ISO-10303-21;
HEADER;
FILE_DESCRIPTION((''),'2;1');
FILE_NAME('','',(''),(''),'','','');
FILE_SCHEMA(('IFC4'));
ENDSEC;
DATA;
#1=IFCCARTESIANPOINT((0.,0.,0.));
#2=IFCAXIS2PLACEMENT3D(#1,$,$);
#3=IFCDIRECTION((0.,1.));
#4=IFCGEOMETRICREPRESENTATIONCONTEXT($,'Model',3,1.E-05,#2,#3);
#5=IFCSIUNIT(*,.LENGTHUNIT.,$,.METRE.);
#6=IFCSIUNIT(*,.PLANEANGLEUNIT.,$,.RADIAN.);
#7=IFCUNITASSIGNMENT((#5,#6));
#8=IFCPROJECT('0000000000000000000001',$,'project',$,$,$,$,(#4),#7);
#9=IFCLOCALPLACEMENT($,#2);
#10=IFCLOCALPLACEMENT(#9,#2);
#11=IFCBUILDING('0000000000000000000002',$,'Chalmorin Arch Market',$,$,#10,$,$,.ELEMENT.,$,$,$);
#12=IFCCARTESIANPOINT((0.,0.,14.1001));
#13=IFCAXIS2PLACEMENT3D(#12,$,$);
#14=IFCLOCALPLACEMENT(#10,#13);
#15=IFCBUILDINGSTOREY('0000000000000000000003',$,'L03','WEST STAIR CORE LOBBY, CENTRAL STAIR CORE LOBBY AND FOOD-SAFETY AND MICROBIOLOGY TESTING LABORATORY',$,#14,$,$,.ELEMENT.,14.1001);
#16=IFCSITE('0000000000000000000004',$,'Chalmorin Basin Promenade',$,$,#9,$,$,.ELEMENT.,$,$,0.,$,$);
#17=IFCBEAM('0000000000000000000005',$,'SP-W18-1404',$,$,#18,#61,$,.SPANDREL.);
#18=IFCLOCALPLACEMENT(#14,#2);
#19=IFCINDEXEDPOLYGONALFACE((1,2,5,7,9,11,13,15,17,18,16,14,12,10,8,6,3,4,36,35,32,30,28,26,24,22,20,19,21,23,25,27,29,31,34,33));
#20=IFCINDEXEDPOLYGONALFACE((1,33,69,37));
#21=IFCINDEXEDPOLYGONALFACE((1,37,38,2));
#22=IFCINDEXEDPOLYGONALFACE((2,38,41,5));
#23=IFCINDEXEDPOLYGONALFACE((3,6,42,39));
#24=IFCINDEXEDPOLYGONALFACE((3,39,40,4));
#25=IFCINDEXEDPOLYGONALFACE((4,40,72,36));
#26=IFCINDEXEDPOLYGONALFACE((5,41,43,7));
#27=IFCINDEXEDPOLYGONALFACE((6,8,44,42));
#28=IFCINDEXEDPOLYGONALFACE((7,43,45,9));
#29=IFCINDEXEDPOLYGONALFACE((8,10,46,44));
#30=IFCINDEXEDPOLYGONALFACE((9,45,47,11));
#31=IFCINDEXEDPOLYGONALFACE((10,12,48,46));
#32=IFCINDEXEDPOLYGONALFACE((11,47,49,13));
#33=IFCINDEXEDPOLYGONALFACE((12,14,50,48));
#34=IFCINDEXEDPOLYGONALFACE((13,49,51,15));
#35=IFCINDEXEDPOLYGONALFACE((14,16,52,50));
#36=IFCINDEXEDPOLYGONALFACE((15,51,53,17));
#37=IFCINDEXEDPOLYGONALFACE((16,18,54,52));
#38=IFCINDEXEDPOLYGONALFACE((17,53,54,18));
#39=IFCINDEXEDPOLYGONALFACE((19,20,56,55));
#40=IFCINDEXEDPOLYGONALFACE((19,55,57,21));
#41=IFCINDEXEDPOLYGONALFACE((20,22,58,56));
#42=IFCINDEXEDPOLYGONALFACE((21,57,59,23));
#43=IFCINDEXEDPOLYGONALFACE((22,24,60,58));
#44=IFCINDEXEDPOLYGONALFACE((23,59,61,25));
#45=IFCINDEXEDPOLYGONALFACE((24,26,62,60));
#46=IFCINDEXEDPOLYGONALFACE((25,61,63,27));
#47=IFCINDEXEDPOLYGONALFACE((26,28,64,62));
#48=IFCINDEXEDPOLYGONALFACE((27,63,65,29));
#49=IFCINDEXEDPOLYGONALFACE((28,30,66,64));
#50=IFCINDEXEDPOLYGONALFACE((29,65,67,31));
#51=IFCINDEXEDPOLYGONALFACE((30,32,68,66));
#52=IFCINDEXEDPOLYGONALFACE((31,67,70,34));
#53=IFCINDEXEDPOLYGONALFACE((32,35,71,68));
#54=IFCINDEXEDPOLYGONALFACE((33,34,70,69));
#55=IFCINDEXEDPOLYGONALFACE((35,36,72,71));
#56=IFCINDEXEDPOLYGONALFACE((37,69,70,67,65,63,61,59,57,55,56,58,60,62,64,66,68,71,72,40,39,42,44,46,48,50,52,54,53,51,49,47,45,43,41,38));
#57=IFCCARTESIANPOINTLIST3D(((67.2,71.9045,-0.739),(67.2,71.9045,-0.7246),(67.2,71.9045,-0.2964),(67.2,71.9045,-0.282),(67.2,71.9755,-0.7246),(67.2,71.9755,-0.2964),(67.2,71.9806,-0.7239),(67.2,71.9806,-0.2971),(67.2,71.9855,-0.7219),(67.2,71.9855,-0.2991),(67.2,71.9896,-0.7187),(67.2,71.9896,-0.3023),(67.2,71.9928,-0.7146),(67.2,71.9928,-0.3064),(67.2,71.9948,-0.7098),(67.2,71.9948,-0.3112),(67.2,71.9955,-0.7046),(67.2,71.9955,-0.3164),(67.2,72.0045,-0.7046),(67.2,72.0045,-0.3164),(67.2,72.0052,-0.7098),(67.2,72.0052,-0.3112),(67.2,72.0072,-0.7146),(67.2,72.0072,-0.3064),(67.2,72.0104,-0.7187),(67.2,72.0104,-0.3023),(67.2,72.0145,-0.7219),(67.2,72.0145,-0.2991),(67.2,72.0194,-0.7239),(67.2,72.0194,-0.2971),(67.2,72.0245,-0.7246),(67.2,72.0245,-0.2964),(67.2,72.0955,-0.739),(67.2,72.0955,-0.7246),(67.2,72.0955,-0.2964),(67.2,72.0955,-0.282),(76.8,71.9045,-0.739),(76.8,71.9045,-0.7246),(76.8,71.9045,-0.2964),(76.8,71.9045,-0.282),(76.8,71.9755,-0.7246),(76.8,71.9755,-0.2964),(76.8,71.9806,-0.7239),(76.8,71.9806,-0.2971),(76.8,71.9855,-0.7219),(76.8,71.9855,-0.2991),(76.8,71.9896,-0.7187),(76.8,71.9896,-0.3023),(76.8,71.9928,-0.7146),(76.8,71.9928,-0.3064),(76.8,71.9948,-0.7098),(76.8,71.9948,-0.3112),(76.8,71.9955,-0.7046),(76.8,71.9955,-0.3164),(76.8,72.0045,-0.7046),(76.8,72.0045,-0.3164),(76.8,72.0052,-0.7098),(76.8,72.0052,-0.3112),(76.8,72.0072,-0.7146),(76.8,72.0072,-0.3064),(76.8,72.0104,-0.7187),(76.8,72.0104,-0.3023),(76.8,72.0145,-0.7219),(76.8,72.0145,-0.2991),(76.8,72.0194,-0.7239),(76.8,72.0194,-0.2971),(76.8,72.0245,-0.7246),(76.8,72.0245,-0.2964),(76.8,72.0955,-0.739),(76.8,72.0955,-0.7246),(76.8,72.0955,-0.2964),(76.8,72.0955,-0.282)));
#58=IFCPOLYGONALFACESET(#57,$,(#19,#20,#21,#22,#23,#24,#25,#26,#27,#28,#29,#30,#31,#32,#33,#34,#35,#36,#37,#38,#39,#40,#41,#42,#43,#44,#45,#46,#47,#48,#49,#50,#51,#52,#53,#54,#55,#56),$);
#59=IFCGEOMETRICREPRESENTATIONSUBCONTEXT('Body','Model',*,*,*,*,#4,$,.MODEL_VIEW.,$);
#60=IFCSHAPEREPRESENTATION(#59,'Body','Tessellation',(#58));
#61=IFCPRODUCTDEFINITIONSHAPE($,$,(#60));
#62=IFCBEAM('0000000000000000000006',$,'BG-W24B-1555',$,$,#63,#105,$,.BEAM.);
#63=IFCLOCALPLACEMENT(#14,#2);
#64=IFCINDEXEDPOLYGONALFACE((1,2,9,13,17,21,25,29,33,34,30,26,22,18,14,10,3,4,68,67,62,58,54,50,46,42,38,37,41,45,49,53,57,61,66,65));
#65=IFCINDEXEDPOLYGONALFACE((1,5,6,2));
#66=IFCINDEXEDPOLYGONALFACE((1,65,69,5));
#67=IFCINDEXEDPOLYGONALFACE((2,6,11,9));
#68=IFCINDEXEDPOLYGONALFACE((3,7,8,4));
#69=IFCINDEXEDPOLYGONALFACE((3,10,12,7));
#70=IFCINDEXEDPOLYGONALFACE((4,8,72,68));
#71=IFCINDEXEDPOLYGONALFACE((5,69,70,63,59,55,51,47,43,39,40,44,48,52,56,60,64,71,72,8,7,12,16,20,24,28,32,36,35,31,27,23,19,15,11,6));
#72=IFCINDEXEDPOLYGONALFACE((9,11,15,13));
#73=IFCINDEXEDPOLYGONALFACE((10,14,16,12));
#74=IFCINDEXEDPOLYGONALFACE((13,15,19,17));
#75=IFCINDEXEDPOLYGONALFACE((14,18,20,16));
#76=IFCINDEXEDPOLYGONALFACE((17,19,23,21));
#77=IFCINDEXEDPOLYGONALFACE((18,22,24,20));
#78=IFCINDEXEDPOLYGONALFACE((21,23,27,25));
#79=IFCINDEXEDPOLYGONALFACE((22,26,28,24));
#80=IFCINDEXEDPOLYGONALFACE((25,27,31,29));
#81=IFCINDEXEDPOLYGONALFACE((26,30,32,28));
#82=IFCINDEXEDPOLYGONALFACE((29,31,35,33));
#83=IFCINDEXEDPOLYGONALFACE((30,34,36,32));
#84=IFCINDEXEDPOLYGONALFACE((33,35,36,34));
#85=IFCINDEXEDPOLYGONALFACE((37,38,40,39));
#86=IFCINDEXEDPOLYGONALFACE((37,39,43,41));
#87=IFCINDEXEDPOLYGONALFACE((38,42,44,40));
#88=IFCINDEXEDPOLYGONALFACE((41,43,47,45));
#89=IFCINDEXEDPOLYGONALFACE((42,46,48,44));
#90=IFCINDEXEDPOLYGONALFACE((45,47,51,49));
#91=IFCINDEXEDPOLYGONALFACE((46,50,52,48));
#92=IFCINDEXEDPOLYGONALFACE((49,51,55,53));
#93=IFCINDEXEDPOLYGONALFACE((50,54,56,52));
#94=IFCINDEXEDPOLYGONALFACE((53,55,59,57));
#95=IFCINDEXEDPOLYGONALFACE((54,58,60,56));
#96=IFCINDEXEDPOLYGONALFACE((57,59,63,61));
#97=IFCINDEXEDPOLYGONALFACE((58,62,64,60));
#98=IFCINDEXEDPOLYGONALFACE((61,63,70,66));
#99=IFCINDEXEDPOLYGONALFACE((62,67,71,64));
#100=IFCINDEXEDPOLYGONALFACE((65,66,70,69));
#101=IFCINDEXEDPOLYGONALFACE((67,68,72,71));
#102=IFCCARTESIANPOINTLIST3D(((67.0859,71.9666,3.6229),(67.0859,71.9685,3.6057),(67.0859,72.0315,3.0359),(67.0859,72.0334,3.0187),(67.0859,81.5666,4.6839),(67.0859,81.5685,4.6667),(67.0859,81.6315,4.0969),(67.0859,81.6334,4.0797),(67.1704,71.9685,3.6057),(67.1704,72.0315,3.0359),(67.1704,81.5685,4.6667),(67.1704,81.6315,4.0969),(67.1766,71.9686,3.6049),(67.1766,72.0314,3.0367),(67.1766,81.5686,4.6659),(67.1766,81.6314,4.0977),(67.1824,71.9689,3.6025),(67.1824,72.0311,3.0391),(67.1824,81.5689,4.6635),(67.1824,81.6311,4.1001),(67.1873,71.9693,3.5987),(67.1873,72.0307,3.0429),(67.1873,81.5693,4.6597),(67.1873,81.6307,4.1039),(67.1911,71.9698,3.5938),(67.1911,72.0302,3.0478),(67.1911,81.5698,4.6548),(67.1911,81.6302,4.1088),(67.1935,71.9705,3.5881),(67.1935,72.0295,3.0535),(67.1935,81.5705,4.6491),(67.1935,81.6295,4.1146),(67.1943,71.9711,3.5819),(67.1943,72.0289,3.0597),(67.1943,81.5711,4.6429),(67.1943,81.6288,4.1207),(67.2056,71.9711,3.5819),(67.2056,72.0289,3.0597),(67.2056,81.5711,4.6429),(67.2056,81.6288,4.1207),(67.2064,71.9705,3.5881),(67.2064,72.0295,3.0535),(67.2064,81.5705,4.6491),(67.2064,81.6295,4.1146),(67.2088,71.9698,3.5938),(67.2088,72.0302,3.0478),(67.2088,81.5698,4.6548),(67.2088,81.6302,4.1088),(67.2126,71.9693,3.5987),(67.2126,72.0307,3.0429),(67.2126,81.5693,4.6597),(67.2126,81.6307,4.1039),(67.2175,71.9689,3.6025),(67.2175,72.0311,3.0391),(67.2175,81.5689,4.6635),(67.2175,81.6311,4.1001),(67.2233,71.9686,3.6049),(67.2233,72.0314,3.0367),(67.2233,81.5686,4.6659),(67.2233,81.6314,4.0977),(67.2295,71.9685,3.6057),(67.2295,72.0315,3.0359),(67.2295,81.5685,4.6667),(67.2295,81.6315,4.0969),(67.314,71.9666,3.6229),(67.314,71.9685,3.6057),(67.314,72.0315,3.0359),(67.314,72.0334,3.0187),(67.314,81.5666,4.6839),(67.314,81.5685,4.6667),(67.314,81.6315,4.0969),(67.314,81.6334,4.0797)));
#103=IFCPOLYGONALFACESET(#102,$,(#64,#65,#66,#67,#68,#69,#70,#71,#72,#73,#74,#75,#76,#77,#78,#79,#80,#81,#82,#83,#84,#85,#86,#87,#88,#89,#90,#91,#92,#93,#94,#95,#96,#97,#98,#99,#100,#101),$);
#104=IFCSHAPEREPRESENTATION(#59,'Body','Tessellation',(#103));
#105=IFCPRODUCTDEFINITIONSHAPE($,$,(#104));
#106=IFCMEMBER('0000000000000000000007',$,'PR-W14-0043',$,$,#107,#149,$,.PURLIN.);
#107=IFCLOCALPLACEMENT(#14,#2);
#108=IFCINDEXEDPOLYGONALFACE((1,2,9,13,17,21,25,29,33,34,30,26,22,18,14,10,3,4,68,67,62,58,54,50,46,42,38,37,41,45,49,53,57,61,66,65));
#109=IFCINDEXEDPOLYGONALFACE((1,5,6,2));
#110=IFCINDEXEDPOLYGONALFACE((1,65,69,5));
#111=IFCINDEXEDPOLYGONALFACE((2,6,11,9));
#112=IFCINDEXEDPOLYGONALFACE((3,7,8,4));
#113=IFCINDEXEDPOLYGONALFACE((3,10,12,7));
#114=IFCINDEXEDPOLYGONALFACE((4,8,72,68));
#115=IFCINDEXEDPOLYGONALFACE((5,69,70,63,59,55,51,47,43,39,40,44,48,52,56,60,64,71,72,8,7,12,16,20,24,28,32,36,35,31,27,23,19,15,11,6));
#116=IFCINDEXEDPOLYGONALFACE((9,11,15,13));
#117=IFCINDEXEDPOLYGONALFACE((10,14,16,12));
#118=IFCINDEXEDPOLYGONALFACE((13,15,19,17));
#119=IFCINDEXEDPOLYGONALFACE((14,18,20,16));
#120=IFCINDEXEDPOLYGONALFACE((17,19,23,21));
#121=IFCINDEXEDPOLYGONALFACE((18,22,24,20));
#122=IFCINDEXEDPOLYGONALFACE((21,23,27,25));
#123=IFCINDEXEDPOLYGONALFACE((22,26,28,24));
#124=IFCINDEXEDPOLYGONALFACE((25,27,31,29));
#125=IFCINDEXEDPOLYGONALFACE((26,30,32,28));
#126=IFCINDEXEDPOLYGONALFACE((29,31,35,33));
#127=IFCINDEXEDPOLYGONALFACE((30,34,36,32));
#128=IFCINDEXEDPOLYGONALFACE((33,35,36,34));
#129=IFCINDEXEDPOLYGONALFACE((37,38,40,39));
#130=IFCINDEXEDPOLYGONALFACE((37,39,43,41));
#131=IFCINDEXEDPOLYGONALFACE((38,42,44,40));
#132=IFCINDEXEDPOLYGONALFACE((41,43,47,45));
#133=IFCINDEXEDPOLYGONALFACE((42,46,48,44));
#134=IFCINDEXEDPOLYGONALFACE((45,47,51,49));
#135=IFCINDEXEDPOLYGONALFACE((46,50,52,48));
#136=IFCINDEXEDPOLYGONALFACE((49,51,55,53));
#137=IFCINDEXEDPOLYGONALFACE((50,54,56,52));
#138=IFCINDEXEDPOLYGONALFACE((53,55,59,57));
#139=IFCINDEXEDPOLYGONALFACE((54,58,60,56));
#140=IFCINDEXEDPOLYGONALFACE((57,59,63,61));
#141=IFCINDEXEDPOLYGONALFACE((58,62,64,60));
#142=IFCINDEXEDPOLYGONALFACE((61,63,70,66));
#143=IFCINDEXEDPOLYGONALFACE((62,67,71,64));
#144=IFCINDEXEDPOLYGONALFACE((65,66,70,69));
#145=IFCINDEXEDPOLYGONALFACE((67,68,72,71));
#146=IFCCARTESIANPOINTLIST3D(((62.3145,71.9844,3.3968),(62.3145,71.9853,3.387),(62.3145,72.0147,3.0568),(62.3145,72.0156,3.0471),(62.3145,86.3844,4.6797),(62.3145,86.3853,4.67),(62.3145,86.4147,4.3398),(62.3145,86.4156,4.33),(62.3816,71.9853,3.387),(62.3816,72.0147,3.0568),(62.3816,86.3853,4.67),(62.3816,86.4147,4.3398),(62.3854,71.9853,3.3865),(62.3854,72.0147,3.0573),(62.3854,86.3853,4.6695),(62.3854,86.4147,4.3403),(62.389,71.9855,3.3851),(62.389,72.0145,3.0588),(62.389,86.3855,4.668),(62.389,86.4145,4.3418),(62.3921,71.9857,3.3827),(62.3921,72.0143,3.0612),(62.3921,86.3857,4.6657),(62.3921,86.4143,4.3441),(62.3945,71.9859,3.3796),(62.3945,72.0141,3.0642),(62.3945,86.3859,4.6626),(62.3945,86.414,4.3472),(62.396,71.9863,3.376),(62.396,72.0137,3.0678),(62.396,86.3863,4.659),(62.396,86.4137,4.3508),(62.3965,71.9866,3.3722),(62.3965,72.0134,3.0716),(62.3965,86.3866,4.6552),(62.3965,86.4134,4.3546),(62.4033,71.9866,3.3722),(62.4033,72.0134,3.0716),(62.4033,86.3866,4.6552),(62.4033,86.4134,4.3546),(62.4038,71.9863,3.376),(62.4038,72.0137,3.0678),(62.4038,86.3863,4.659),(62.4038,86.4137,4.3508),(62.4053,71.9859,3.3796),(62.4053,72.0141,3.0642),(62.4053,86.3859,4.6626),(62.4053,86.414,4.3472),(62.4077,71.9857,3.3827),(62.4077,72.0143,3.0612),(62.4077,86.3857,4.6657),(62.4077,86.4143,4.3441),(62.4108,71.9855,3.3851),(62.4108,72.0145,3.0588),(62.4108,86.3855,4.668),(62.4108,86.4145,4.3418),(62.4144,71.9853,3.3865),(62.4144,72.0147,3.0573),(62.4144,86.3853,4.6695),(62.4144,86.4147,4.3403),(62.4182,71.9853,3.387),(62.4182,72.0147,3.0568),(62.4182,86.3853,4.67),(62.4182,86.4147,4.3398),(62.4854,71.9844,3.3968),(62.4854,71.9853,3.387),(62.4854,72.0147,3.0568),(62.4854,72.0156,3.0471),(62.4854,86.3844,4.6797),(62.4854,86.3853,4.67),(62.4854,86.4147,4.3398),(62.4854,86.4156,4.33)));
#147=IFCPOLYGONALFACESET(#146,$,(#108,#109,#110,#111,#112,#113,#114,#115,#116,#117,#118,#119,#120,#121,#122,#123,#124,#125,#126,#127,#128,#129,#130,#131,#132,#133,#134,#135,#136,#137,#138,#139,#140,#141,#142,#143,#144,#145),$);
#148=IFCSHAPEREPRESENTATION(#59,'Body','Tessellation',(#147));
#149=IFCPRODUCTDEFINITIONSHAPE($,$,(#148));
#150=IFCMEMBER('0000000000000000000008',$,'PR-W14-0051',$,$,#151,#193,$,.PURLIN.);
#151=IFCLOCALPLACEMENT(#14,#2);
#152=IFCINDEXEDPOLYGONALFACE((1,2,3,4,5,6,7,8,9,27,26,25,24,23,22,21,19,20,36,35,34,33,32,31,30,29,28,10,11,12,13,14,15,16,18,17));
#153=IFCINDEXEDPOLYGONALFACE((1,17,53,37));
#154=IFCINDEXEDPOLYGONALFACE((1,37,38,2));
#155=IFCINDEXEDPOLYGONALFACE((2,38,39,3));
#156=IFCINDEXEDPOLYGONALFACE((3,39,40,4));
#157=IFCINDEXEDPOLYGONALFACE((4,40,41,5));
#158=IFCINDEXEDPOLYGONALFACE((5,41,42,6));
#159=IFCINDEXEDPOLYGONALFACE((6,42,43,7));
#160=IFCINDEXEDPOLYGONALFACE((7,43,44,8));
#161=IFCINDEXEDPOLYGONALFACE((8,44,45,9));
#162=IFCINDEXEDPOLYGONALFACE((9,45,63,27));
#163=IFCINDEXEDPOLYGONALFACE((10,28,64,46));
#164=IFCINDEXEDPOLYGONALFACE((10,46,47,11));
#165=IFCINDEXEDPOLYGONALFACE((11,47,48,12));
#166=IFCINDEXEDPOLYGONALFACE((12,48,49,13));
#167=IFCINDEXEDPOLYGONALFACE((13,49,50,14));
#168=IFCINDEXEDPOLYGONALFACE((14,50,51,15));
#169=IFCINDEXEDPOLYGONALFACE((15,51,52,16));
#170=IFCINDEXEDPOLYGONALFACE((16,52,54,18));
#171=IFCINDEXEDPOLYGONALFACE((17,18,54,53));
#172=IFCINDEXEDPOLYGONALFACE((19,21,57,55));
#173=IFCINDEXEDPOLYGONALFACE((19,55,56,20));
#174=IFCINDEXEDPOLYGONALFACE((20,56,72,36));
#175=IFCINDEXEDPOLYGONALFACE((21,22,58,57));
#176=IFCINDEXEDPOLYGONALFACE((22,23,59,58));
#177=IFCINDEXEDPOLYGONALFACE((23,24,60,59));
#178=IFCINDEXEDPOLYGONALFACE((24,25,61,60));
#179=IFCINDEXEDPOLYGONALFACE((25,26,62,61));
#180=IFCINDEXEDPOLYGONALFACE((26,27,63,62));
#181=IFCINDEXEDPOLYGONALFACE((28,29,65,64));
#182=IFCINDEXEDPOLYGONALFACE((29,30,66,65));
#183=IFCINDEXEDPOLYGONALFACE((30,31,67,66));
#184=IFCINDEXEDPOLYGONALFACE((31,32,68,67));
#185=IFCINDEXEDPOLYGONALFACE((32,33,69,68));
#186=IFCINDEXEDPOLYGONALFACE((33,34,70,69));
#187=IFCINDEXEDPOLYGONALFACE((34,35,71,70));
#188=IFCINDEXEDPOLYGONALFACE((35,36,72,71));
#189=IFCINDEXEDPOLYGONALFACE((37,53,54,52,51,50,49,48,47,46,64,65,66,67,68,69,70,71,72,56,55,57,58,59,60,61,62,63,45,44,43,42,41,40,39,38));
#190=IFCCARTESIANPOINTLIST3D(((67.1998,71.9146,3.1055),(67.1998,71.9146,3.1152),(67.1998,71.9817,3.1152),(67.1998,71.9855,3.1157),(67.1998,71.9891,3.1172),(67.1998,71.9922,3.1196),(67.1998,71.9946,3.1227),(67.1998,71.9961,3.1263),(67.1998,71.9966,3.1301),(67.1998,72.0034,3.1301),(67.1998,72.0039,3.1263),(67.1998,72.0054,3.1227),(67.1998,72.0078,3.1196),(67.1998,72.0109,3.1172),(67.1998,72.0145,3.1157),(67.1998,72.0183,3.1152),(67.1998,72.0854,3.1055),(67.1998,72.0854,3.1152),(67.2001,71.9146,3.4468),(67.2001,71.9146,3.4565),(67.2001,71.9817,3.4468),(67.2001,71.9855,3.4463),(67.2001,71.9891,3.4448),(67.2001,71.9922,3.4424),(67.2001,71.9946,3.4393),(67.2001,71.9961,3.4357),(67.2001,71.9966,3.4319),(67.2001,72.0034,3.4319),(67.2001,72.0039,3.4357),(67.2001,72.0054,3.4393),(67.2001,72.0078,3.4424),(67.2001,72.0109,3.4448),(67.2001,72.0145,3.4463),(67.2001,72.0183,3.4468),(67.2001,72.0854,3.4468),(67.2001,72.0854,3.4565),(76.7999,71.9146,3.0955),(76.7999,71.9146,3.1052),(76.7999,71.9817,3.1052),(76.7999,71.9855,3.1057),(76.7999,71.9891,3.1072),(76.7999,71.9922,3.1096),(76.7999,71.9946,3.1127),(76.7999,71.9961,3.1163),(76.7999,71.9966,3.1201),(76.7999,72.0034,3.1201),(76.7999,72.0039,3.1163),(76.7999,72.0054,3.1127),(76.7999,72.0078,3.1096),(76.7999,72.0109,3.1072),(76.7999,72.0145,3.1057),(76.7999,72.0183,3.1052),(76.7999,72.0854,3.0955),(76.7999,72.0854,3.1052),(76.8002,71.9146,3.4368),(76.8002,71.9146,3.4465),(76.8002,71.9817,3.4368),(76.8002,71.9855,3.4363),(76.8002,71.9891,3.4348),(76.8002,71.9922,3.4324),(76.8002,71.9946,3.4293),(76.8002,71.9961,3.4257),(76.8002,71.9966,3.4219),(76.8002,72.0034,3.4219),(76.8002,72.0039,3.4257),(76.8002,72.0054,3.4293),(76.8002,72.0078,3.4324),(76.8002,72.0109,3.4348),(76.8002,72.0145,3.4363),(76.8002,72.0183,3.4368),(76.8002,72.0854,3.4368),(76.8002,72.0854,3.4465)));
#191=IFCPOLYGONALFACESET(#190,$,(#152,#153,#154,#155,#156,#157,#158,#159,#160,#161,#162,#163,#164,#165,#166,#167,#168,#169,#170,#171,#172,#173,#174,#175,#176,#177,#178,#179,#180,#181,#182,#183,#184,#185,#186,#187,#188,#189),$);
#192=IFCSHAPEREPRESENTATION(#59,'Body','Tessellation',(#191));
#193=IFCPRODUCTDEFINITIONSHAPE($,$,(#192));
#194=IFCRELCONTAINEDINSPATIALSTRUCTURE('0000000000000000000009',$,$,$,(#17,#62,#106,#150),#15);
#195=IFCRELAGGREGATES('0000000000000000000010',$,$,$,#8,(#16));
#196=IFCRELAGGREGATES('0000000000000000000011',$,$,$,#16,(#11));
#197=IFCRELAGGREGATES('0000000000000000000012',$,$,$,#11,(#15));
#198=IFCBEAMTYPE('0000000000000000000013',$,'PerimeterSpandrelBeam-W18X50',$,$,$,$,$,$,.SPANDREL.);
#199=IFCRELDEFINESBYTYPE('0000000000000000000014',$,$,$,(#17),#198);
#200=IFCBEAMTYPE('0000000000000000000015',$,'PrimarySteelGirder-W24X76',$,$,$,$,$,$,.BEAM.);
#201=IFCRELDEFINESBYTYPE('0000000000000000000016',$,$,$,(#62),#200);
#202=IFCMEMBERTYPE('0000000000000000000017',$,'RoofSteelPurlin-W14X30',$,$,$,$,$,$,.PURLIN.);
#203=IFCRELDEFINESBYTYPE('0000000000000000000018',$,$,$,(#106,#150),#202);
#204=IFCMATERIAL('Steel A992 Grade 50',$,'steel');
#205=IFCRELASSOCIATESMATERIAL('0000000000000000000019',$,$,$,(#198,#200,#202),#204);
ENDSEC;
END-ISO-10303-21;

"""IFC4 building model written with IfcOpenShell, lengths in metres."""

from ifc_helpers import new_model, si_unit, direction, frame, origin, origin_2d, place, context, subcontext, project, spatial, i_section, extrude, material, material_profile, profile_set, type_object, element, save


model = new_model("IFC4")

# Units and contexts
model_context = context("Model", 3, precision=1e-05, world=origin(), true_north=direction((0.0, 1.0)))
body_context = subcontext(model_context, "Body", "Model", "MODEL_VIEW")
ifc_project = project(units=[si_unit("LENGTHUNIT", "METRE"), si_unit("PLANEANGLEUNIT", "RADIAN")], contexts=[model_context])

# Site, building, storey
site_placement = place(None, origin())
site = spatial("IfcSite", under=ifc_project, at=site_placement, Name="Chalmorin Basin Promenade", CompositionType="ELEMENT", RefElevation=0.0)
building_placement = place(site_placement, origin())
building = spatial("IfcBuilding", under=site, at=building_placement, Name="Chalmorin Arch Market", CompositionType="ELEMENT")
storey_placement = place(building_placement, frame((0.0, 0.0, 14.1001)))
storey = spatial("IfcBuildingStorey", under=building, at=storey_placement, Name="L03", Description="WEST STAIR CORE LOBBY, CENTRAL STAIR CORE LOBBY AND FOOD-SAFETY AND MICROBIOLOGY TESTING LABORATORY", CompositionType="ELEMENT", Elevation=14.1001)

# Beams
ifc_material_1 = material(Name="Steel A992 Grade 50", Category="steel")
ifc_material_profile_1 = material_profile(ifc_material_1, i_section(OverallWidth=0.1909, OverallDepth=0.457, WebThickness=0.009, FlangeThickness=0.0144, FilletRadius=0.02, at=origin_2d()), Name="W18X50")
ifc_profile_set_1 = profile_set([ifc_material_profile_1], Name="Steel A992 Grade 50")
beam_type_1 = type_object("IfcBeamType", Name="PerimeterSpandrelBeam-W18X50", PredefinedType="SPANDREL", material=ifc_profile_set_1)
beam_1_placement = place(storey_placement, frame((67.2, 72.0, -0.5105), z_axis=(1.0, 0.0, 0.0), x_axis=(0.0, 1.0, 0.0)))
element("IfcBeam", 1, at=beam_1_placement, inside=storey, type_object=beam_type_1, Name="SP-W18-1404", PredefinedType="SPANDREL", context=body_context, shape_type="SweptSolid", body=[
    extrude(i_section(OverallWidth=0.1909, OverallDepth=0.457, WebThickness=0.009, FlangeThickness=0.0144, FilletRadius=0.02, at=origin_2d()), origin(), (0.0, 0.0, 1.0), 9.6001),
])
ifc_material_profile_2 = material_profile(ifc_material_1, i_section(OverallWidth=0.228, OverallDepth=0.6079, WebThickness=0.0112, FlangeThickness=0.0173, FilletRadius=0.0239, at=origin_2d()), Name="W24X76")
ifc_profile_set_2 = profile_set([ifc_material_profile_2], Name="Steel A992 Grade 50")
beam_type_2 = type_object("IfcBeamType", Name="PrimarySteelGirder-W24X76", PredefinedType="BEAM", material=ifc_profile_set_2)
beam_2_placement = place(storey_placement, frame((67.2, 72.0, 3.3208), z_axis=(0.0, 0.993948, 0.109854), x_axis=(-1.0, 0.0, 0.0)))
element("IfcBeam", 2, at=beam_2_placement, inside=storey, type_object=beam_type_2, Name="BG-W24B-1555", PredefinedType="BEAM", context=body_context, shape_type="SweptSolid", body=[
    extrude(i_section(OverallWidth=0.228, OverallDepth=0.6079, WebThickness=0.0112, FlangeThickness=0.0173, FilletRadius=0.0239, at=origin_2d()), origin(), (0.0, 0.0, 1.0), 9.6584),
])

# Members
ifc_material_profile_3 = material_profile(ifc_material_1, i_section(OverallWidth=0.1709, OverallDepth=0.3511, WebThickness=0.0068, FlangeThickness=0.0098, FilletRadius=0.0149, at=origin_2d()), Name="W14X30")
ifc_profile_set_3 = profile_set([ifc_material_profile_3], Name="Steel A992 Grade 50")
member_type_1 = type_object("IfcMemberType", Name="RoofSteelPurlin-W14X30", PredefinedType="PURLIN", material=ifc_profile_set_3)
member_1_placement = place(storey_placement, frame((62.3999, 72.0, 3.2219), z_axis=(0.0, 0.996055, 0.088743), x_axis=(-1.0, 0.0, 0.0)))
element("IfcMember", 3, at=member_1_placement, inside=storey, type_object=member_type_1, Name="PR-W14-0043", PredefinedType="PURLIN", context=body_context, shape_type="SweptSolid", body=[
    extrude(i_section(OverallWidth=0.1709, OverallDepth=0.3511, WebThickness=0.0068, FlangeThickness=0.0098, FilletRadius=0.0149, at=origin_2d()), origin(), (0.0, 0.0, 1.0), 14.457),
])
member_2_placement = place(storey_placement, frame((67.2, 72.0, 3.281), z_axis=(0.999999, 0.0, -0.001043), x_axis=(0.0, 1.0, 0.0)))
element("IfcMember", 4, at=member_2_placement, inside=storey, type_object=member_type_1, Name="PR-W14-0051", PredefinedType="PURLIN", context=body_context, shape_type="SweptSolid", body=[
    extrude(i_section(OverallWidth=0.1709, OverallDepth=0.3511, WebThickness=0.0068, FlangeThickness=0.0098, FilletRadius=0.0149, at=origin_2d()), origin(), (0.0, 0.0, 1.0), 9.6001),
])

save(model, "model.ifc")
